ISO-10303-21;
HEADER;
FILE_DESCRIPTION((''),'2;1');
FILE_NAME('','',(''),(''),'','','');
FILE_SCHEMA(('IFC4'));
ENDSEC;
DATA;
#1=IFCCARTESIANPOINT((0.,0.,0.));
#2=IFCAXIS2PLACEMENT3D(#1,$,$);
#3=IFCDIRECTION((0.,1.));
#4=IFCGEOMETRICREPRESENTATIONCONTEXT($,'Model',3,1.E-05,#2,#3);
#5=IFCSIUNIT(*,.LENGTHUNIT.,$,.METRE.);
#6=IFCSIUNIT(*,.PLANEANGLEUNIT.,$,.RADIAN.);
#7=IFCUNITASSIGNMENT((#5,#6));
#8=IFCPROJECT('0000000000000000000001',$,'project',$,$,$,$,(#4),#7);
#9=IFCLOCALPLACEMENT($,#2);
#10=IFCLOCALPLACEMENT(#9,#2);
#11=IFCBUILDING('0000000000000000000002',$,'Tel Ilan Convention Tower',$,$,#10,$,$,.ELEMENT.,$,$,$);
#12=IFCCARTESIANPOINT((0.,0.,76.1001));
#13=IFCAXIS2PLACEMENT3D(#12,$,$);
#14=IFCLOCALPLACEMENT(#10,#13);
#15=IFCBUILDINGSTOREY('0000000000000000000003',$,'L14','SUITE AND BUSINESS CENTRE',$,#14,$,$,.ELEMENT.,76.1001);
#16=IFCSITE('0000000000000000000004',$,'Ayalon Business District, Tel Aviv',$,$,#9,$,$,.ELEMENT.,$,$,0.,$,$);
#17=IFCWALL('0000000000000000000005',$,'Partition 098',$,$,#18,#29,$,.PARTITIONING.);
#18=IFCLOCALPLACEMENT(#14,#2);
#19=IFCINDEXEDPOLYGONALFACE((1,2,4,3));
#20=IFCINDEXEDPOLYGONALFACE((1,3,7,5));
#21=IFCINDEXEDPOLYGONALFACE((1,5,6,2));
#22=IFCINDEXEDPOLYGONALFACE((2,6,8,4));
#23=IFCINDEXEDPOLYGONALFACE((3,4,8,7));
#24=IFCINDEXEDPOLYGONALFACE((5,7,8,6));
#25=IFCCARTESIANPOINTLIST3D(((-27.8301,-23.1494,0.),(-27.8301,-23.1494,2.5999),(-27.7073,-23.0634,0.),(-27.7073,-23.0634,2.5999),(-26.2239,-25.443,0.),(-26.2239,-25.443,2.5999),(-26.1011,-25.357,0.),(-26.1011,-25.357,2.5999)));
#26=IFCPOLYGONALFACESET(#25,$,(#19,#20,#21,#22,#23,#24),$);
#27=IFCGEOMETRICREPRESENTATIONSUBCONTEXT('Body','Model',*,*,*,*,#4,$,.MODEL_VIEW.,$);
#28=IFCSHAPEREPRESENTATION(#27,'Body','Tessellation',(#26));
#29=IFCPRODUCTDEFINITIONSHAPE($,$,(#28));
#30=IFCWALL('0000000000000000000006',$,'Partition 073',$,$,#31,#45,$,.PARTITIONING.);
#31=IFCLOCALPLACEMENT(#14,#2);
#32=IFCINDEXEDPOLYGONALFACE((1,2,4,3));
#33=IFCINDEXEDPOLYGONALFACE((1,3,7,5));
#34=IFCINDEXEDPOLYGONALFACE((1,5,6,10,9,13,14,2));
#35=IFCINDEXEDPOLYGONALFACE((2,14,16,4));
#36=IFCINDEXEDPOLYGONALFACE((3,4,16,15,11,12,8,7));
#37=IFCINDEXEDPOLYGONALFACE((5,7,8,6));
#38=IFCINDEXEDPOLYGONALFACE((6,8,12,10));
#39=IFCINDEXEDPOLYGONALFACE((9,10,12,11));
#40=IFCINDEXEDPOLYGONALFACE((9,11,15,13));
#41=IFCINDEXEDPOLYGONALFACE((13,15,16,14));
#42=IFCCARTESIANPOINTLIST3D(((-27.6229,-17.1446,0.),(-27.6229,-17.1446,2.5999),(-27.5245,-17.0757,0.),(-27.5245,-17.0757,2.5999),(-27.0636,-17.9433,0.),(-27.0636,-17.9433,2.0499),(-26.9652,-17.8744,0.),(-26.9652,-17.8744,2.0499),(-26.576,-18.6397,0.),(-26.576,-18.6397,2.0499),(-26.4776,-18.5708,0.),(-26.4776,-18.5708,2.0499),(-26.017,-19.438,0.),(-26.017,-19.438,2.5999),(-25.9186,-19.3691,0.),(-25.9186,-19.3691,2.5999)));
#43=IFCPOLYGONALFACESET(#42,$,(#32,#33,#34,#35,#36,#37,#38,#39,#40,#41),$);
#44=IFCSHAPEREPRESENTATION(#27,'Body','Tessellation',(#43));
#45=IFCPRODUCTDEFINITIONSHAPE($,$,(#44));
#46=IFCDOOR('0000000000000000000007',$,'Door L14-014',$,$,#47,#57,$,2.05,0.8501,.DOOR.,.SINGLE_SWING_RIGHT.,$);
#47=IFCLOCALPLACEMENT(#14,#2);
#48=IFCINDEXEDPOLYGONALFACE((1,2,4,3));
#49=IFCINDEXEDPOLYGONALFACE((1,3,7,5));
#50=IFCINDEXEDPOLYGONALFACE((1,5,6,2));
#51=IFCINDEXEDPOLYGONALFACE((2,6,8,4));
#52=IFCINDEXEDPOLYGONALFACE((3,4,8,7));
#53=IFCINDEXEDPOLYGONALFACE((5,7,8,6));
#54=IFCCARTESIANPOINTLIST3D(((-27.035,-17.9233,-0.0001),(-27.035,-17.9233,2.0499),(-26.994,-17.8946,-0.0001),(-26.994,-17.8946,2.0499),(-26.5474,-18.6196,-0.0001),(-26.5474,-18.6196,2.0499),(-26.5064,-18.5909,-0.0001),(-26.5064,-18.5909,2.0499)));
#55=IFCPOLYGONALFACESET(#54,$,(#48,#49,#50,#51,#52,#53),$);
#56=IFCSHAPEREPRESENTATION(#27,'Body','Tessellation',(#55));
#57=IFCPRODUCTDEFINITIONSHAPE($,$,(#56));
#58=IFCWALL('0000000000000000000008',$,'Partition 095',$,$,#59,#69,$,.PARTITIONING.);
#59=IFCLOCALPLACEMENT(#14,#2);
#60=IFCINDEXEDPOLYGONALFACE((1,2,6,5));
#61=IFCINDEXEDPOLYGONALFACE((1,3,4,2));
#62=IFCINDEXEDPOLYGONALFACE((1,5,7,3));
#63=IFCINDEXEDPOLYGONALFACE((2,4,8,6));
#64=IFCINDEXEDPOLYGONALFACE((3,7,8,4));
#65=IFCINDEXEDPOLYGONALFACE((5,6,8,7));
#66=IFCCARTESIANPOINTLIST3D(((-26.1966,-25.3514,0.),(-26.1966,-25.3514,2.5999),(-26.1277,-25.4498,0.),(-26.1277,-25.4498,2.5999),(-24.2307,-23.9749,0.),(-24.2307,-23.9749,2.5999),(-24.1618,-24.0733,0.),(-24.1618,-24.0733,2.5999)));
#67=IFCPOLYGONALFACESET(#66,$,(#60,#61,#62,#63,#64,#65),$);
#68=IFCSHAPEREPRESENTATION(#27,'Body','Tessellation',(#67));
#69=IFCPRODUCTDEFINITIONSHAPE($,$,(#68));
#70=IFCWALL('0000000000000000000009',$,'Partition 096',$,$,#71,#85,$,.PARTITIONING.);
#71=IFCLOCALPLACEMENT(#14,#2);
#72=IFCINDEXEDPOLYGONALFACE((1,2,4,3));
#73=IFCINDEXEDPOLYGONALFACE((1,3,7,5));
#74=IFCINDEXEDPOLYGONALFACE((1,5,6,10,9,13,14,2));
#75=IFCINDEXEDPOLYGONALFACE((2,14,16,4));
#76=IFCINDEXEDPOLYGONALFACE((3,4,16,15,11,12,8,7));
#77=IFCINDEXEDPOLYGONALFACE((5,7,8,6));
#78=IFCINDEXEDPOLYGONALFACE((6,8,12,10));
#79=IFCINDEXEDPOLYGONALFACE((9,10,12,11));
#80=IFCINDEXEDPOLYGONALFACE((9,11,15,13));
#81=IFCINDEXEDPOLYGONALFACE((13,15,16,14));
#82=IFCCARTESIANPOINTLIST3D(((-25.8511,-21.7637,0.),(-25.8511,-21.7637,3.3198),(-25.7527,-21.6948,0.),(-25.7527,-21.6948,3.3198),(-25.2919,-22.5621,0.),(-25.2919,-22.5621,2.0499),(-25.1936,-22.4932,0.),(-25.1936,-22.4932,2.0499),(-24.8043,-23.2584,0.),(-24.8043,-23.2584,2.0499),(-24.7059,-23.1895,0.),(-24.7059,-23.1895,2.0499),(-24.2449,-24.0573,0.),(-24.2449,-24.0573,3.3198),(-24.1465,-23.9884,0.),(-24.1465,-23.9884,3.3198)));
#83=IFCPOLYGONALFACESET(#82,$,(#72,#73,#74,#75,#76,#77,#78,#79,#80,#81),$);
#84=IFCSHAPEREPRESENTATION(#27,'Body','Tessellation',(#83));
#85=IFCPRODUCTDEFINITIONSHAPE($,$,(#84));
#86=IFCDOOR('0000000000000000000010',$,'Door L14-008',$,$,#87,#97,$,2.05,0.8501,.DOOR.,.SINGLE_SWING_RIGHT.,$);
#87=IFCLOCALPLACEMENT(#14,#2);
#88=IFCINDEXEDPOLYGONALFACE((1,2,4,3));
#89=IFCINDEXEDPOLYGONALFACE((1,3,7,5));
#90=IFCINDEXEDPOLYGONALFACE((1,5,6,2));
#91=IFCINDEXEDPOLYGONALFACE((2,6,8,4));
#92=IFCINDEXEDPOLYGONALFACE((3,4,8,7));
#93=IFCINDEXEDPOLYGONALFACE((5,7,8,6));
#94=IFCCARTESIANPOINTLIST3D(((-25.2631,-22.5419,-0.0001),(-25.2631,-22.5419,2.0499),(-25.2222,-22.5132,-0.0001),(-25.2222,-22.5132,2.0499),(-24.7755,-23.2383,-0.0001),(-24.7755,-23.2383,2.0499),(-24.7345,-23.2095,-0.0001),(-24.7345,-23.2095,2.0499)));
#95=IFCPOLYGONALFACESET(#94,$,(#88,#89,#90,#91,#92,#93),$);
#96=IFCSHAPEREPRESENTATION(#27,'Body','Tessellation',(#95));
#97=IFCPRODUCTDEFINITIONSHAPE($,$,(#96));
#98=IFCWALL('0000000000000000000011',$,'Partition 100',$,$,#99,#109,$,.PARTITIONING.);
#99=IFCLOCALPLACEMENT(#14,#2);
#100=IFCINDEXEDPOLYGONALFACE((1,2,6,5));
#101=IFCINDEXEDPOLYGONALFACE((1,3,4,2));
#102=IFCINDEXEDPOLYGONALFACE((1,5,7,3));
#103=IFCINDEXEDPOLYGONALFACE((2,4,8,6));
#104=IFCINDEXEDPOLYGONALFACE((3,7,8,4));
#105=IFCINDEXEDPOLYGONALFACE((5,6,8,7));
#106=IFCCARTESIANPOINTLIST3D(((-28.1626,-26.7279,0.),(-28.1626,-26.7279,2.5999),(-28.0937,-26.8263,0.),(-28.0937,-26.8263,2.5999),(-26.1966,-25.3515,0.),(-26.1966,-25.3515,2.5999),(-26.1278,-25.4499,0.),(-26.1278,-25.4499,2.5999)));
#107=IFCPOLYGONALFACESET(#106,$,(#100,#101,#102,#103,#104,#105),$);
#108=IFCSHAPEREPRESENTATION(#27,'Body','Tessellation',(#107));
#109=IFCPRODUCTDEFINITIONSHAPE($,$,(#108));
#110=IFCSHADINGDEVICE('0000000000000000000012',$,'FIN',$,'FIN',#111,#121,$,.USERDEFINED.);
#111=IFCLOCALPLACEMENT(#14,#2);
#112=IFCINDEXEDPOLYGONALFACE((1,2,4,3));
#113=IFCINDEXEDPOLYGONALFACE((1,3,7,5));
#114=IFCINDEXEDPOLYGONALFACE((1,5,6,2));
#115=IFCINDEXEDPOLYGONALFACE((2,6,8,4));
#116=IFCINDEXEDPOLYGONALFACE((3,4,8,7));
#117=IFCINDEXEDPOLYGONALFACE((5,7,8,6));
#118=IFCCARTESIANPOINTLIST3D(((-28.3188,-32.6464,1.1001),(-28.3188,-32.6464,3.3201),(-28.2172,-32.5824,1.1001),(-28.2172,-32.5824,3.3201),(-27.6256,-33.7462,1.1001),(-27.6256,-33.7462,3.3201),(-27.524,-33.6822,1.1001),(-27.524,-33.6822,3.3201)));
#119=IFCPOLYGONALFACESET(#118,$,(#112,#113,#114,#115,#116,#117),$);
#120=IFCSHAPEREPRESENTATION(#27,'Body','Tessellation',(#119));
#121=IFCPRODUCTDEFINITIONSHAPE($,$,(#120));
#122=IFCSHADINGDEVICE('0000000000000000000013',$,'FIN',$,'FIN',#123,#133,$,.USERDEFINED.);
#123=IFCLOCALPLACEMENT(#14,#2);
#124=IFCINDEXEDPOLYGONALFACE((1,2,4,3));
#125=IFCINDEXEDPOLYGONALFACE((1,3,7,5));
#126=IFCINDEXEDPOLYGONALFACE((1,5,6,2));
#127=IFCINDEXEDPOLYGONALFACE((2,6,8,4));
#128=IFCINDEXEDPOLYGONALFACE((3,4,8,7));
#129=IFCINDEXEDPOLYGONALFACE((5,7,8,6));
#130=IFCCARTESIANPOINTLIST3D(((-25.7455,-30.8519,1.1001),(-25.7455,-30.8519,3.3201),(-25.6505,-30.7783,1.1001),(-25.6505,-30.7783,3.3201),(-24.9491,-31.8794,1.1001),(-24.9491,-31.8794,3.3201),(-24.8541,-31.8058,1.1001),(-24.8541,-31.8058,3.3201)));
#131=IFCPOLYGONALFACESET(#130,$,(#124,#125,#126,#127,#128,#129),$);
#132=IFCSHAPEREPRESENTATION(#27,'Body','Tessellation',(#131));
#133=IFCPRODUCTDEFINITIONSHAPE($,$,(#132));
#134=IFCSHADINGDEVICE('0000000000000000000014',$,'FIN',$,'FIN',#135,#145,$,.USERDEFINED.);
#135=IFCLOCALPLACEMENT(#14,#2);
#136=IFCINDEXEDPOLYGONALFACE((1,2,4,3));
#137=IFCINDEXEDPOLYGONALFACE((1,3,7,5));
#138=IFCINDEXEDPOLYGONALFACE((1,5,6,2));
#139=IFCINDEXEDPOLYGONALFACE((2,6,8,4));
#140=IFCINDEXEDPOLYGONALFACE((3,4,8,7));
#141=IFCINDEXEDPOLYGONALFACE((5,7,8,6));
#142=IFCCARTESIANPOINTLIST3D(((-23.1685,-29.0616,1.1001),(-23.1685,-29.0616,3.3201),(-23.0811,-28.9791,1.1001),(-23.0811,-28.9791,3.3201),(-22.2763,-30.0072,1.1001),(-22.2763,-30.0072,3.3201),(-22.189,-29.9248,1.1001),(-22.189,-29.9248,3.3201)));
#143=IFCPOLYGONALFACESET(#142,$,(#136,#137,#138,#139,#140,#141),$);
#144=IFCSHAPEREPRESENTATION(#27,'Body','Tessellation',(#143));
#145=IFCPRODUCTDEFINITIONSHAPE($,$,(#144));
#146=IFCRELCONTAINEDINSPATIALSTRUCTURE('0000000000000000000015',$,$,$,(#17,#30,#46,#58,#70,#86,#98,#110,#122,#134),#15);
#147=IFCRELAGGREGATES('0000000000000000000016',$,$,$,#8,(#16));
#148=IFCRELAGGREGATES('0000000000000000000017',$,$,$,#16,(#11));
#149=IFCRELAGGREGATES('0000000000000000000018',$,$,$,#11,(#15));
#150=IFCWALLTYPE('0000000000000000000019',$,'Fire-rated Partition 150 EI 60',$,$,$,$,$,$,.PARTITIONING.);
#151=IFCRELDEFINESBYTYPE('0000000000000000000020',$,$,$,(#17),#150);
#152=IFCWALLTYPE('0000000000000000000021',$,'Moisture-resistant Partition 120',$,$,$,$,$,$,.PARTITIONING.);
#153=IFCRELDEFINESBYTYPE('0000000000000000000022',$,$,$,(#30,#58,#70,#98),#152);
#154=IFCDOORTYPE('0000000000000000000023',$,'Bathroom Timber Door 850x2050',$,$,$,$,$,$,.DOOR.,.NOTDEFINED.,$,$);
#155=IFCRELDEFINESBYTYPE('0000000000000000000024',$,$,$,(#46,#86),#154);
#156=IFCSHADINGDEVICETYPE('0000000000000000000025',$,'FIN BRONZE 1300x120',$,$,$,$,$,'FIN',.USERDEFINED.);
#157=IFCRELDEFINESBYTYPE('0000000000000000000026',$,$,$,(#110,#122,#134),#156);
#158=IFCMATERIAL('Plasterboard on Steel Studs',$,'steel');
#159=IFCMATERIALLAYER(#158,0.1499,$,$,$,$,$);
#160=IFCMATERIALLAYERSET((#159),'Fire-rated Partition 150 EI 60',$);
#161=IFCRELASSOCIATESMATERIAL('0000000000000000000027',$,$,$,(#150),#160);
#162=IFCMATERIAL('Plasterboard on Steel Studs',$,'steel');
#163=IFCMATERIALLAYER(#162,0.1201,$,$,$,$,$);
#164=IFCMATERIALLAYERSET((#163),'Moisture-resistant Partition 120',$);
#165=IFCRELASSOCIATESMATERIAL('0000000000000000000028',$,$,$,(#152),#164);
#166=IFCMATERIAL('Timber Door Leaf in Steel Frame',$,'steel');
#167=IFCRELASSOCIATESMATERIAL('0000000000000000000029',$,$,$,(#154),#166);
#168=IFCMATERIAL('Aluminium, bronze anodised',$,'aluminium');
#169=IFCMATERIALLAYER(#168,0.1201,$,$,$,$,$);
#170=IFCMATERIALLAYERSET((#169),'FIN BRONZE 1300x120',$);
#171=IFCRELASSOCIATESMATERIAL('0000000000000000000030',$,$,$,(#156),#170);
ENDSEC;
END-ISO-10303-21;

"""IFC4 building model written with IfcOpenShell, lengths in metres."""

from ifc_helpers import new_model, si_unit, direction, frame, frame_2d, origin, origin_2d, place, context, subcontext, project, spatial, rectangle, extrude, material, layer, layer_set, type_object, element, fill, save


model = new_model("IFC4")

# Units and contexts
model_context = context("Model", 3, precision=1e-05, world=origin(), true_north=direction((0.0, 1.0)))
body_context = subcontext(model_context, "Body", "Model", "MODEL_VIEW")
ifc_project = project(units=[si_unit("LENGTHUNIT", "METRE"), si_unit("PLANEANGLEUNIT", "RADIAN")], contexts=[model_context])

# Site, building, storey
site_placement = place(None, origin())
site = spatial("IfcSite", under=ifc_project, at=site_placement, Name="Ayalon Business District, Tel Aviv", CompositionType="ELEMENT", RefElevation=0.0)
building_placement = place(site_placement, origin())
building = spatial("IfcBuilding", under=site, at=building_placement, Name="Tel Ilan Convention Tower", CompositionType="ELEMENT")
storey_placement = place(building_placement, frame((0.0, 0.0, 76.1001)))
storey = spatial("IfcBuildingStorey", under=building, at=storey_placement, Name="L14", Description="SUITE AND BUSINESS CENTRE", CompositionType="ELEMENT", Elevation=76.1001)

# Shared definitions
ifc_material_1 = material(Name="Plasterboard on Steel Studs", Category="steel")
ifc_layer_1 = layer(ifc_material_1, 0.1499)
ifc_layer_set_1 = layer_set([ifc_layer_1], Name="Fire-rated Partition 150 EI 60")
wall_type_1 = type_object("IfcWallType", Name="Fire-rated Partition 150 EI 60", PredefinedType="PARTITIONING", material=ifc_layer_set_1)

# Wall
wall_1_placement = place(storey_placement, frame((-26.1626, -25.3999, 0.0), z_axis=(0.0, 0.0, 1.0), x_axis=(-0.573609, 0.81913, 0.0)))
element("IfcWall", 1, at=wall_1_placement, inside=storey, type_object=wall_type_1, Name="Partition 098", PredefinedType="PARTITIONING", context=body_context, shape_type="SweptSolid", body=[
    extrude(rectangle(XDim=2.8, YDim=0.1499, at=frame_2d((1.3999, 0.0))), origin(), (0.0, 0.0, 1.0), 2.5999),
])

# Wall, opening, door
ifc_material_2 = material(Name="Plasterboard on Steel Studs", Category="steel")
ifc_layer_2 = layer(ifc_material_2, 0.1201)
ifc_layer_set_2 = layer_set([ifc_layer_2], Name="Moisture-resistant Partition 120")
wall_type_2 = type_object("IfcWallType", Name="Moisture-resistant Partition 120", PredefinedType="PARTITIONING", material=ifc_layer_set_2)
wall_2_placement = place(storey_placement, frame((-27.5737, -17.1101, 0.0), z_axis=(0.0, 0.0, 1.0), x_axis=(0.573591, -0.819142, 0.0)))
wall_2 = element("IfcWall", 2, at=wall_2_placement, inside=storey, type_object=wall_type_2, Name="Partition 073", PredefinedType="PARTITIONING", context=body_context, shape_type="SweptSolid", body=[
    extrude(rectangle(XDim=2.7998, YDim=0.1201, at=frame_2d((1.3999, 0.0))), origin(), (0.0, 0.0, 1.0), 2.5999),
])
opening_1_placement = place(wall_2_placement, frame((0.9751, 0.0, 0.0)))
opening_1 = element("IfcOpeningElement", 3, at=opening_1_placement, cuts=wall_2, PredefinedType="OPENING", context=body_context, shape_type="SweptSolid", body=[
    extrude(rectangle(XDim=0.8501, YDim=2.05, at=frame_2d((0.425, 1.0249))), frame((0.0, 0.0701, 0.0), z_axis=(0.0, -1.0, 0.0), x_axis=(1.0, 0.0, 0.0)), (0.0, 0.0, 1.0), 0.1401),
])
ifc_material_3 = material(Name="Timber Door Leaf in Steel Frame", Category="steel")
door_type_1 = type_object("IfcDoorType", Name="Bathroom Timber Door 850x2050", OperationType="NOTDEFINED", PredefinedType="DOOR", material=ifc_material_3)
door_1_placement = place(opening_1_placement, origin())
door_1 = element("IfcDoor", 4, at=door_1_placement, inside=storey, type_object=door_type_1, Name="Door L14-014", OperationType="SINGLE_SWING_RIGHT", OverallHeight=2.05, OverallWidth=0.8501, PredefinedType="DOOR", context=body_context, shape_type="SweptSolid", body=[
    extrude(rectangle(XDim=0.8501, YDim=2.05, at=frame_2d((0.425, 1.0249))), frame((0.0, 0.0249, 0.0), z_axis=(0.0, -1.0, 0.0), x_axis=(1.0, 0.0, 0.0)), (0.0, 0.0, 1.0), 0.05),
])
fill(opening_1, door_1)

# Wall
wall_3_placement = place(storey_placement, frame((-26.1621, -25.4006, 0.0), z_axis=(0.0, 0.0, 1.0), x_axis=(0.819155, 0.573572, 0.0)))
element("IfcWall", 5, at=wall_3_placement, inside=storey, type_object=wall_type_2, Name="Partition 095", PredefinedType="PARTITIONING", context=body_context, shape_type="SweptSolid", body=[
    extrude(rectangle(XDim=2.3999, YDim=0.1201, at=frame_2d((1.2, 0.0))), origin(), (0.0, 0.0, 1.0), 2.5999),
])

# Wall, opening, door
wall_4_placement = place(storey_placement, frame((-24.1958, -24.0227, 0.0), z_axis=(0.0, 0.0, 1.0), x_axis=(-0.573609, 0.81913, 0.0)))
wall_4 = element("IfcWall", 6, at=wall_4_placement, inside=storey, type_object=wall_type_2, Name="Partition 096", PredefinedType="PARTITIONING", context=body_context, shape_type="SweptSolid", body=[
    extrude(rectangle(XDim=2.8, YDim=0.1201, at=frame_2d((1.3999, 0.0))), origin(), (0.0, 0.0, 1.0), 3.3198),
])
opening_2_placement = place(wall_4_placement, frame((0.9751, 0.0, 0.0)))
opening_2 = element("IfcOpeningElement", 7, at=opening_2_placement, cuts=wall_4, PredefinedType="OPENING", context=body_context, shape_type="SweptSolid", body=[
    extrude(rectangle(XDim=0.8501, YDim=2.05, at=frame_2d((0.425, 1.0249))), frame((0.0, 0.0701, 0.0), z_axis=(0.0, -1.0, 0.0), x_axis=(1.0, 0.0, 0.0)), (0.0, 0.0, 1.0), 0.1401),
])
door_2_placement = place(opening_2_placement, origin())
door_2 = element("IfcDoor", 8, at=door_2_placement, inside=storey, type_object=door_type_1, Name="Door L14-008", OperationType="SINGLE_SWING_RIGHT", OverallHeight=2.05, OverallWidth=0.8501, PredefinedType="DOOR", context=body_context, shape_type="SweptSolid", body=[
    extrude(rectangle(XDim=0.8501, YDim=2.05, at=frame_2d((0.425, 1.0249))), frame((0.0, 0.0249, 0.0), z_axis=(0.0, -1.0, 0.0), x_axis=(1.0, 0.0, 0.0)), (0.0, 0.0, 1.0), 0.05),
])
fill(opening_2, door_2)

# Wall
wall_5_placement = place(storey_placement, frame((-28.1282, -26.7771, 0.0), z_axis=(0.0, 0.0, 1.0), x_axis=(0.819189, 0.573524, 0.0)))
element("IfcWall", 9, at=wall_5_placement, inside=storey, type_object=wall_type_2, Name="Partition 100", PredefinedType="PARTITIONING", context=body_context, shape_type="SweptSolid", body=[
    extrude(rectangle(XDim=2.3999, YDim=0.1201, at=frame_2d((1.2, 0.0))), origin(), (0.0, 0.0, 1.0), 2.5999),
])

# Shading devices
ifc_material_4 = material(Name="Aluminium, bronze anodised", Category="aluminium")
ifc_layer_3 = layer(ifc_material_4, 0.1201)
ifc_layer_set_3 = layer_set([ifc_layer_3], Name="FIN BRONZE 1300x120")
shading_device_type = type_object("IfcShadingDeviceType", Name="FIN BRONZE 1300x120", ElementType="FIN", PredefinedType="USERDEFINED", material=ifc_layer_set_3)
for number, where, z_axis, x_axis, name in (
    (10, (-27.9214, -33.1643, 1.1001), (0.0, 0.0, 1.0), (0.533204, -0.845986, 0.0), "FIN"),
    (11, (-25.2998, -31.3289, 1.1001), (0.0, 0.0, 1.0), (0.612601, -0.790393, 0.0), "FIN"),
    (12, (-22.6787, -29.4932, 1.1001), (0.0, 0.0, 1.0), (0.686242, -0.727374, 0.0), "FIN"),
):
    element("IfcShadingDevice", number, at=place(storey_placement, frame(where, z_axis=z_axis, x_axis=x_axis)), inside=storey, type_object=shading_device_type, Name=name, ObjectType="FIN", PredefinedType="USERDEFINED", context=body_context, shape_type="SweptSolid", body=[
        extrude(rectangle(XDim=1.3, YDim=0.1201, at=origin_2d()), origin(), (0.0, 0.0, 1.0), 2.22),
    ])

save(model, "model.ifc")
